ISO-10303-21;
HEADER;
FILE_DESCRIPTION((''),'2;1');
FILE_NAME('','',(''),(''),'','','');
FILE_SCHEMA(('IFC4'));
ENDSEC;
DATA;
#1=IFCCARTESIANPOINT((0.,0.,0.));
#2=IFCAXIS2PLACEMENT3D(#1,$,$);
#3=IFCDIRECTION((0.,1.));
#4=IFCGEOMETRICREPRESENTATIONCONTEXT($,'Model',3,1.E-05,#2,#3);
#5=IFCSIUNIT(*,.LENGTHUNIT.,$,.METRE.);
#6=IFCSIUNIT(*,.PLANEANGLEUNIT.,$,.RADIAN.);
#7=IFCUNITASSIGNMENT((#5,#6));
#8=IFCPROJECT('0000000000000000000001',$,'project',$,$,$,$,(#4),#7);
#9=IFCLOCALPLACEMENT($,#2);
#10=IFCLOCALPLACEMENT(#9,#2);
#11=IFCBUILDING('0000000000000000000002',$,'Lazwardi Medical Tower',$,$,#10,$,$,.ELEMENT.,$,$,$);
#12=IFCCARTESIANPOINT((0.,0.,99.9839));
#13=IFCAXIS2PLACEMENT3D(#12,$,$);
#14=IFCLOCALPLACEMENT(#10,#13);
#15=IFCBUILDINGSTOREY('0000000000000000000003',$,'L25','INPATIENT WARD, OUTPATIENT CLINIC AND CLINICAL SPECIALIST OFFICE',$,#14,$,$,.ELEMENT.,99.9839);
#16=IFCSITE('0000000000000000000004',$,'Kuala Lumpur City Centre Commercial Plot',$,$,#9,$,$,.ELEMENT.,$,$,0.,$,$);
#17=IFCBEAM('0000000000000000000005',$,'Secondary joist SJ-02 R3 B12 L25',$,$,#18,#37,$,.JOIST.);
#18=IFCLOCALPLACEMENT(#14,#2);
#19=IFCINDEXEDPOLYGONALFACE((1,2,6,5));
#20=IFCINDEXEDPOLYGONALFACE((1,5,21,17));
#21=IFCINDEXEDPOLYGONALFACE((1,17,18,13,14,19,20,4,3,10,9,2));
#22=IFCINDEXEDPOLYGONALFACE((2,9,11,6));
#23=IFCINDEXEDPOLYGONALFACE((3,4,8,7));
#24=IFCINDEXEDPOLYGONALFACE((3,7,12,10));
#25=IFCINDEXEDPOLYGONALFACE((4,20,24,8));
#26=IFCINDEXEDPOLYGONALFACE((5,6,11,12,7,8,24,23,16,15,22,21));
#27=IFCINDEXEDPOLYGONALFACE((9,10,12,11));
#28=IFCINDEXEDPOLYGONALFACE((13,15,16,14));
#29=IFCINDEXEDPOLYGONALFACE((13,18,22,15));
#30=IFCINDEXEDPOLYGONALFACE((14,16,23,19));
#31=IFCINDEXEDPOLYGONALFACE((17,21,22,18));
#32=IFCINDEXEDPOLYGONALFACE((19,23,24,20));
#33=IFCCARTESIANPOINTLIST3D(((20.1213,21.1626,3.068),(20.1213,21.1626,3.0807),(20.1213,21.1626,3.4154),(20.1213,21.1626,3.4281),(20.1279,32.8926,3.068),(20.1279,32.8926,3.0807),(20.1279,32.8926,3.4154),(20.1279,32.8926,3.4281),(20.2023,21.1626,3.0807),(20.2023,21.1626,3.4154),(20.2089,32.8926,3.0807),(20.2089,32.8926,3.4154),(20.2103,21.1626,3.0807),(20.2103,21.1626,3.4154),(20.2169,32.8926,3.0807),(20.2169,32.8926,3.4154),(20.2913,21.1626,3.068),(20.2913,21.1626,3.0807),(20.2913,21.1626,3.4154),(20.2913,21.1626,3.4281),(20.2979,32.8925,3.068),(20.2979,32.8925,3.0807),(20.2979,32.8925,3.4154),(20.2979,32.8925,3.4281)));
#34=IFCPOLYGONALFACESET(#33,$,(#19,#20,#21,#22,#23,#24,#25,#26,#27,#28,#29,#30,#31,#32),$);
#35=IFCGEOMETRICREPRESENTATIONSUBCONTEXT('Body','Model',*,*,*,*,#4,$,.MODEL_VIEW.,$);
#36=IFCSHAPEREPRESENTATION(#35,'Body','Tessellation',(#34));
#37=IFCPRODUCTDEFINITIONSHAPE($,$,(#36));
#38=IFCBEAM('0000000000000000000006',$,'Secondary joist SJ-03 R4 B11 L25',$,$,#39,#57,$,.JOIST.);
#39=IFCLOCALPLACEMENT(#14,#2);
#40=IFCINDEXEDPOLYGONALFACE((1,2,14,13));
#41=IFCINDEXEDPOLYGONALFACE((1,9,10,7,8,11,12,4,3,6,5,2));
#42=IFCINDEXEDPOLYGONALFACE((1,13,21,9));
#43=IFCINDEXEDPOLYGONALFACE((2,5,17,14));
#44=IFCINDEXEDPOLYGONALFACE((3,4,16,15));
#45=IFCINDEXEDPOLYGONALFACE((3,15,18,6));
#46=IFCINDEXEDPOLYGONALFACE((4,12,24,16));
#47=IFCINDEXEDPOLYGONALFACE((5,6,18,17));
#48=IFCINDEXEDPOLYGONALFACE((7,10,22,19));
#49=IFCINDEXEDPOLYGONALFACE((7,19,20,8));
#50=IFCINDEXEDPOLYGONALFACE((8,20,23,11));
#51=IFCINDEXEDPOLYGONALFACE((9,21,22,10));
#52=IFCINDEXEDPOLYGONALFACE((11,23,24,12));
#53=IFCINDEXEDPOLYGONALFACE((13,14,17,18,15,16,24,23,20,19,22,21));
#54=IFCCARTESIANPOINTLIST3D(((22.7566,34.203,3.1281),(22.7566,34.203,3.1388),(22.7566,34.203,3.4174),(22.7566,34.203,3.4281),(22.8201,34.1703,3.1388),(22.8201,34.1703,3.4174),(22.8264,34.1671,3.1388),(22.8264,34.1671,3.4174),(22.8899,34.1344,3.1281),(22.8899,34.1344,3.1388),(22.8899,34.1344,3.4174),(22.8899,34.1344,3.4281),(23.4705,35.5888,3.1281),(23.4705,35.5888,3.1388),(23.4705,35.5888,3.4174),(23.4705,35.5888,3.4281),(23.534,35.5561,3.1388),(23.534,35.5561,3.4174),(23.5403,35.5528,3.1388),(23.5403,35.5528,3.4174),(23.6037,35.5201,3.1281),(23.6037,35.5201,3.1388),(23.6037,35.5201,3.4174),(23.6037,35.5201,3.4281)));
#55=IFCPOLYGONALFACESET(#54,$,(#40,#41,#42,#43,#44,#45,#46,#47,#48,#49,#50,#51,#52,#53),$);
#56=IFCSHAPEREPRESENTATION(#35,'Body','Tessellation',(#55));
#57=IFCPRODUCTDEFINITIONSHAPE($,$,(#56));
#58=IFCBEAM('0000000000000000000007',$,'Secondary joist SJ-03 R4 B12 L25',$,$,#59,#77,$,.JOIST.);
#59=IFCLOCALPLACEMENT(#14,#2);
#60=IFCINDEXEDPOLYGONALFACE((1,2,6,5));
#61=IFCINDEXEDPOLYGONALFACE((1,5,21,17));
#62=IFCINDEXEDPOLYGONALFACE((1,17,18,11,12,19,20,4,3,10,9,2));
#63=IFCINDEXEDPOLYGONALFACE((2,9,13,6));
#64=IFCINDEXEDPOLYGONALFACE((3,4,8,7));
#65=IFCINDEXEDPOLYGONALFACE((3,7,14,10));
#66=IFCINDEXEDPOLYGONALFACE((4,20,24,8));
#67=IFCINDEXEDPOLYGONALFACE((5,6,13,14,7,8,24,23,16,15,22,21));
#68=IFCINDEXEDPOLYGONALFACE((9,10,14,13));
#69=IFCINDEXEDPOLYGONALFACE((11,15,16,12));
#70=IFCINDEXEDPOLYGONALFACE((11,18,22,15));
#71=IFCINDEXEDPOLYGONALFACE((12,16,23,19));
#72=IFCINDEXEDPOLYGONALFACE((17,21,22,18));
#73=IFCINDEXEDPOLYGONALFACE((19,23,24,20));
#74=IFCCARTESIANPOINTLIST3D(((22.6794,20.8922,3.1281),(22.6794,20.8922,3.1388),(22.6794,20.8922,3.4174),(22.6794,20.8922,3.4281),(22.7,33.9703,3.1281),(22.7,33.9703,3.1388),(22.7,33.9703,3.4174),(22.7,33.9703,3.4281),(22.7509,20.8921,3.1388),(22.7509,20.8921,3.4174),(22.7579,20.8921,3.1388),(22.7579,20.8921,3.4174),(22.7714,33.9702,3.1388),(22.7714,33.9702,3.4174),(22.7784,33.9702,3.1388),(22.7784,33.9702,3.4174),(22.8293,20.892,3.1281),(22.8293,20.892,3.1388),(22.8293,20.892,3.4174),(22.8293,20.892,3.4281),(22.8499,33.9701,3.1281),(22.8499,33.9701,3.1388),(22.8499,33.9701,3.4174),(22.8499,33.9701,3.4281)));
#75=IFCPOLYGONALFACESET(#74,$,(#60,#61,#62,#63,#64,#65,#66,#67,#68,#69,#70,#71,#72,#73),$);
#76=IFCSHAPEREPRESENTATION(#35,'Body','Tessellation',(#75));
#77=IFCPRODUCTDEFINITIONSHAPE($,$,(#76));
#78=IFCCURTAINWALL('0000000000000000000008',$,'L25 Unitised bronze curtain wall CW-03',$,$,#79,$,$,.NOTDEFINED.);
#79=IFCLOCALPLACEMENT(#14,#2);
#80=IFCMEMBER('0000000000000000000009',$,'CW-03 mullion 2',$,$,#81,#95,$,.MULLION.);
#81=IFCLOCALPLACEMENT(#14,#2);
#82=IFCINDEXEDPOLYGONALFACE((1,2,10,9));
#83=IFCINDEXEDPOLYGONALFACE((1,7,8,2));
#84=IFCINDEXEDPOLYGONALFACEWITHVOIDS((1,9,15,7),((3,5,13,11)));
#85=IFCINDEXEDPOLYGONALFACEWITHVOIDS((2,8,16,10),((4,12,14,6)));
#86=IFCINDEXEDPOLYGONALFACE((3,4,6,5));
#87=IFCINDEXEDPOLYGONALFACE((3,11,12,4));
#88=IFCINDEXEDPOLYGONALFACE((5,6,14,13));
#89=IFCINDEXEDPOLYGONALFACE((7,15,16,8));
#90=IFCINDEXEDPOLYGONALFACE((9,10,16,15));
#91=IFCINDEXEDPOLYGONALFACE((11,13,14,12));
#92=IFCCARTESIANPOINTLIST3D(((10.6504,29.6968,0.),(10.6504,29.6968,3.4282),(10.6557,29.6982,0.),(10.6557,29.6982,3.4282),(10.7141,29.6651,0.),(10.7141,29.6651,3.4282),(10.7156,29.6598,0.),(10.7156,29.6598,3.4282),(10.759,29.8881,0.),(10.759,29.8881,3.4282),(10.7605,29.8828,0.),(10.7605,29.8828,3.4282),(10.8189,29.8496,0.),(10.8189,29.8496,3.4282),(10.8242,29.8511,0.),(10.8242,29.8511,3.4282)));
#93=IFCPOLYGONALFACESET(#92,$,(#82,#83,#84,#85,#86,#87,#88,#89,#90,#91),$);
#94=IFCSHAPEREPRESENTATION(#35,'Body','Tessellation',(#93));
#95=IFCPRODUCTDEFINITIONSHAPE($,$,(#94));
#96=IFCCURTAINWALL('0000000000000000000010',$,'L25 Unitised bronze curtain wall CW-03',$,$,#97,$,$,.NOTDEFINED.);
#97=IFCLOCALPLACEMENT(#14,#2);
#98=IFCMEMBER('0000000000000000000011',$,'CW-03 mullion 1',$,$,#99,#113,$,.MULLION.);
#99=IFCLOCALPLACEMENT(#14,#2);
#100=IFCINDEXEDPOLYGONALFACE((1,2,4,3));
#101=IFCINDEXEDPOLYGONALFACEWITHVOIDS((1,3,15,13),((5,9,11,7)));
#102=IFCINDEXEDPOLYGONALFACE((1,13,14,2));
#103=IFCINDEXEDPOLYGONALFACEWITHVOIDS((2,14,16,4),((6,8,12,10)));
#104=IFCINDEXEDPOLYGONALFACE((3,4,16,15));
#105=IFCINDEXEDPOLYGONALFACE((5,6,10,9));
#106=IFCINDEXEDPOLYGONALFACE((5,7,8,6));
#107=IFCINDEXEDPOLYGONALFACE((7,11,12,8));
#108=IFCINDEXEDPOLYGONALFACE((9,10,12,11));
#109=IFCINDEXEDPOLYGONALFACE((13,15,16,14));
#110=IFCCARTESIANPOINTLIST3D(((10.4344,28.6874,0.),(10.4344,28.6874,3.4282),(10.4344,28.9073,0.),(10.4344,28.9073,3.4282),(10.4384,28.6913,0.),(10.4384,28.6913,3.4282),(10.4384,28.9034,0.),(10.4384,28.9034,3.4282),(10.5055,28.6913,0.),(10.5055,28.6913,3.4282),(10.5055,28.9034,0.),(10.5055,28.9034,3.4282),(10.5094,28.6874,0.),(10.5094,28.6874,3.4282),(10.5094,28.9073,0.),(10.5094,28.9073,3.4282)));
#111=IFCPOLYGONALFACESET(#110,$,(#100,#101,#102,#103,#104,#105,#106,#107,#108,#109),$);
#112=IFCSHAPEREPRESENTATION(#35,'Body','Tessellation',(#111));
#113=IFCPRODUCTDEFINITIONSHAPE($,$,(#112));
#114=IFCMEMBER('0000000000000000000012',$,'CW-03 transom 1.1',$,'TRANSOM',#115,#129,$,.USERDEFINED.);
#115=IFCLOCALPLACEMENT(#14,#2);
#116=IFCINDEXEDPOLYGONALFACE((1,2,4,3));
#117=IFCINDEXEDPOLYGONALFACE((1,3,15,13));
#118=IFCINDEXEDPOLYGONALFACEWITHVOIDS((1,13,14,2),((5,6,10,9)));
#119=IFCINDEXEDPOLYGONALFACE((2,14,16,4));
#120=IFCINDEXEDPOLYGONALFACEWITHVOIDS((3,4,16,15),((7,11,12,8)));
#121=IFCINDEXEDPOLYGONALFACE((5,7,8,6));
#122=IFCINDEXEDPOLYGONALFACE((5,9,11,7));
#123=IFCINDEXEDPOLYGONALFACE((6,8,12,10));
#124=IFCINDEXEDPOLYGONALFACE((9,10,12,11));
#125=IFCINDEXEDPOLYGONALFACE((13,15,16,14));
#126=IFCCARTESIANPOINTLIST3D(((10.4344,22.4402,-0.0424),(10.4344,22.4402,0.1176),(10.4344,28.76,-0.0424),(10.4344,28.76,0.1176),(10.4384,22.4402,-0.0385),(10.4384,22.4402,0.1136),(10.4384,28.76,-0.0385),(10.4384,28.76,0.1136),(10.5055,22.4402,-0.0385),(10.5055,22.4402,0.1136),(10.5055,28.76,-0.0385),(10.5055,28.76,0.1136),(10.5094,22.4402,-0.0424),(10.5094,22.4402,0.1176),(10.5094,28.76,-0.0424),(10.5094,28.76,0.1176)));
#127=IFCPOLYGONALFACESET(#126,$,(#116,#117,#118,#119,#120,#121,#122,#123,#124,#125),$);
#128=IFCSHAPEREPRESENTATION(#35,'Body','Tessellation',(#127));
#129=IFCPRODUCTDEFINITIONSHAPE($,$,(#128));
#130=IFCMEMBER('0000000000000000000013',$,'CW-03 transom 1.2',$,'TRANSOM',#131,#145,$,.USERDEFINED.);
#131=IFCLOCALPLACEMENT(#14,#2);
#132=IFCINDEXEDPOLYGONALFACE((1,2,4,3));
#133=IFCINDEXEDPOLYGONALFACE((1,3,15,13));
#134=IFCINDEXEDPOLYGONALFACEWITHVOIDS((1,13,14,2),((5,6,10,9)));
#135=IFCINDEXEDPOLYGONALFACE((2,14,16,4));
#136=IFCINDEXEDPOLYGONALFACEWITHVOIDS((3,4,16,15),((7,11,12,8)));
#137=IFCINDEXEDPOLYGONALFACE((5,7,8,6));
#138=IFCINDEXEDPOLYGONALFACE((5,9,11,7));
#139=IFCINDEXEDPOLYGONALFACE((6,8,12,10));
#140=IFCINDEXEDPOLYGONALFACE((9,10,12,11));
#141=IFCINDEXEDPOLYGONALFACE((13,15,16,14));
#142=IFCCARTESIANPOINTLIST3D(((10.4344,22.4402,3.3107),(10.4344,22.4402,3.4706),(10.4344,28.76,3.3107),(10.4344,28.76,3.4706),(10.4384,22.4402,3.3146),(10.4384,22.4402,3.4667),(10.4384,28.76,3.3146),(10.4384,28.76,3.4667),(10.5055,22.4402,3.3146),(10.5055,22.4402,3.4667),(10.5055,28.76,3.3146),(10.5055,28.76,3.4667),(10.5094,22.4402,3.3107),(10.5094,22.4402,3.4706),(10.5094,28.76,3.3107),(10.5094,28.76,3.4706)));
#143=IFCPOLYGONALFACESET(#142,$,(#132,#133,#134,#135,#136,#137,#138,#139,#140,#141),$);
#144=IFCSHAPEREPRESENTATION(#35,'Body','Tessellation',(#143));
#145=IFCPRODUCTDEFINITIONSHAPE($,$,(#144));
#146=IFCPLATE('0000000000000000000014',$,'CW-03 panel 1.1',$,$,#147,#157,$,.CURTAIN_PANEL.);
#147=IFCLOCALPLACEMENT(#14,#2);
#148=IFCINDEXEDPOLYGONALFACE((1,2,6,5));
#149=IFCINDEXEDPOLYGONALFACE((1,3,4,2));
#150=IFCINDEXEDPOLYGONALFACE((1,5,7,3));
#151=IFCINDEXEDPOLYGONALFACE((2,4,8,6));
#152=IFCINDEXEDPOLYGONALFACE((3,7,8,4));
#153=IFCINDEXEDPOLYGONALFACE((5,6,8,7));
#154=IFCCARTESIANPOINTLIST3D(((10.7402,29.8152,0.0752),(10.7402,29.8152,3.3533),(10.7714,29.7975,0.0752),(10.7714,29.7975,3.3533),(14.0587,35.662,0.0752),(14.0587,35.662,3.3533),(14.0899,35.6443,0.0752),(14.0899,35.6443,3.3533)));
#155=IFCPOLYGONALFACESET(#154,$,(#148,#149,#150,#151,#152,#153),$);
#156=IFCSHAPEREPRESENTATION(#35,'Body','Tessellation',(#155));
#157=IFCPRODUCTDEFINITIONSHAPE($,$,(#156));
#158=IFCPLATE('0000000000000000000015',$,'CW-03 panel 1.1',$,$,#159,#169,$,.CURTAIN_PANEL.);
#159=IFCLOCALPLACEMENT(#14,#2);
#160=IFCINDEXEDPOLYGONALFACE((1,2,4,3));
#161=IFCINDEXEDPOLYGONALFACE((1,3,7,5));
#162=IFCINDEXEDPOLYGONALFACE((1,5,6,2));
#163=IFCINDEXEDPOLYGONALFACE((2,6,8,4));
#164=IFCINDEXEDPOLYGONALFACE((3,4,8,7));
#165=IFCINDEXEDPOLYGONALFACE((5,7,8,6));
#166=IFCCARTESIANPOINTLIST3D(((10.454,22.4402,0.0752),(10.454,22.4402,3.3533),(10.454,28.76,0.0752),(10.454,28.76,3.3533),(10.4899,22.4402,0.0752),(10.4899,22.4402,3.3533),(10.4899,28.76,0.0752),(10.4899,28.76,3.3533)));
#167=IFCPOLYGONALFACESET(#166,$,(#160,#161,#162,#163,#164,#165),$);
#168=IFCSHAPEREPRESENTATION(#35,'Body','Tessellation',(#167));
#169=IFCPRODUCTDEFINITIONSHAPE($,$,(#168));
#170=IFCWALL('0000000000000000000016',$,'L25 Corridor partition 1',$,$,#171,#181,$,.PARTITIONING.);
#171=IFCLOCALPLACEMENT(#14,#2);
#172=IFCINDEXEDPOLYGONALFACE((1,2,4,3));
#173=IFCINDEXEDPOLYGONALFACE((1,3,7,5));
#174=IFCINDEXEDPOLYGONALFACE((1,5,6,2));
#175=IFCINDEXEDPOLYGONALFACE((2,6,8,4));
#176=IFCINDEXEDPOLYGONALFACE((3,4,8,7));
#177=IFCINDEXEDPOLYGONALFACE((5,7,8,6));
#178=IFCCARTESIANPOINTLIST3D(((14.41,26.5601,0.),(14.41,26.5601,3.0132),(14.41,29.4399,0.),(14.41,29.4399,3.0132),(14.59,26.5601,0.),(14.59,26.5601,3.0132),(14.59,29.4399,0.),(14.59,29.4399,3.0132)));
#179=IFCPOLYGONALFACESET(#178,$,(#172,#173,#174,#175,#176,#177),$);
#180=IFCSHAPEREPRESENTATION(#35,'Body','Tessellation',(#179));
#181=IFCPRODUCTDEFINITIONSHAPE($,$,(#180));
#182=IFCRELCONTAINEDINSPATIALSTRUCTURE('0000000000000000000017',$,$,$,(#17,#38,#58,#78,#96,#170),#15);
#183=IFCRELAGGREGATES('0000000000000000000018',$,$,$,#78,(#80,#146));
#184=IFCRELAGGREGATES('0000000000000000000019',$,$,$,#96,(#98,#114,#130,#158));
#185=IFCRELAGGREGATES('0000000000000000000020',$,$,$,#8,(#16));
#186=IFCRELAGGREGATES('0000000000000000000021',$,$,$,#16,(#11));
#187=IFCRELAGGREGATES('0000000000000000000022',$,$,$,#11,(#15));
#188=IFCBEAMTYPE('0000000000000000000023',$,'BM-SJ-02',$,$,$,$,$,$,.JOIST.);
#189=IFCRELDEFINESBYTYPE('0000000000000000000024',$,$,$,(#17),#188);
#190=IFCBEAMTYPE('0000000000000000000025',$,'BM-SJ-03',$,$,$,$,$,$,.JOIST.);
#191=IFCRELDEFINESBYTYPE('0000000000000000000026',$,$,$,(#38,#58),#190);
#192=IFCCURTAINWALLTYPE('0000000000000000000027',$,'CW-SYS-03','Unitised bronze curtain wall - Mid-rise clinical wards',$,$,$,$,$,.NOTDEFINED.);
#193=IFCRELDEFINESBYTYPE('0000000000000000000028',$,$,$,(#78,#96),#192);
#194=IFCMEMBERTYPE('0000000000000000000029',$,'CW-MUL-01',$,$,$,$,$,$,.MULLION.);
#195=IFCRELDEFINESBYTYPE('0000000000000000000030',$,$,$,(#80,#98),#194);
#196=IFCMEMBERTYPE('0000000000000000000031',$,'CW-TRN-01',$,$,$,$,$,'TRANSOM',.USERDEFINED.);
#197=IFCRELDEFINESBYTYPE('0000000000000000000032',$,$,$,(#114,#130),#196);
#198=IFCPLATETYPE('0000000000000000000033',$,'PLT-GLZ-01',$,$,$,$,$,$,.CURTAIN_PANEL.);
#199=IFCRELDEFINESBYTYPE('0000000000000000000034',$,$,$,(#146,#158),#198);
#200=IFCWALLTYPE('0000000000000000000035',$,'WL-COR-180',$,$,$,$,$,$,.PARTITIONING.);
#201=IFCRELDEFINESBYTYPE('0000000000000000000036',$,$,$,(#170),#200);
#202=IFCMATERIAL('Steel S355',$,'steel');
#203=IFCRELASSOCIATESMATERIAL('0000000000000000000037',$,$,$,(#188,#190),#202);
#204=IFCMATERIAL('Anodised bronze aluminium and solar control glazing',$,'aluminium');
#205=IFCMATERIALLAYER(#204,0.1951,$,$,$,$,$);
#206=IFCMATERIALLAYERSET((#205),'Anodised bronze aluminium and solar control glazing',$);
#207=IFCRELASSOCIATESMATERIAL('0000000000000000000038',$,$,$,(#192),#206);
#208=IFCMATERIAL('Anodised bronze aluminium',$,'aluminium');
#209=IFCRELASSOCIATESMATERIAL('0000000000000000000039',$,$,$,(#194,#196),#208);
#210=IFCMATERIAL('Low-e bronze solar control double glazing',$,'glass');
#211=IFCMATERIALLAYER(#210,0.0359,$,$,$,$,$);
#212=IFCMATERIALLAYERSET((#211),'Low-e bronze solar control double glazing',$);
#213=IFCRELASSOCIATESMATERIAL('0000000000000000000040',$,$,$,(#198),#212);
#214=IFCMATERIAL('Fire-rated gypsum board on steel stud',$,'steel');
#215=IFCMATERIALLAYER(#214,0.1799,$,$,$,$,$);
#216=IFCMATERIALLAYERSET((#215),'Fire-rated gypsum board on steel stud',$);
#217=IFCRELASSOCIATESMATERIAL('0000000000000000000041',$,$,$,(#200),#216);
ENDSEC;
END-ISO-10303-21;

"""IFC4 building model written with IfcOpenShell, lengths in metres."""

from ifc_helpers import new_model, si_unit, direction, frame, frame_2d, origin, origin_2d, place, context, subcontext, project, spatial, rectangle, hollow_rectangle, i_section, extrude, material, layer, layer_set, material_profile, profile_set, type_object, element, aggregate, save


model = new_model("IFC4")

# Units and contexts
model_context = context("Model", 3, precision=1e-05, world=origin(), true_north=direction((0.0, 1.0)))
body_context = subcontext(model_context, "Body", "Model", "MODEL_VIEW")
ifc_project = project(units=[si_unit("LENGTHUNIT", "METRE"), si_unit("PLANEANGLEUNIT", "RADIAN")], contexts=[model_context])

# Site, building, storey
site_placement = place(None, origin())
site = spatial("IfcSite", under=ifc_project, at=site_placement, Name="Kuala Lumpur City Centre Commercial Plot", CompositionType="ELEMENT", RefElevation=0.0)
building_placement = place(site_placement, origin())
building = spatial("IfcBuilding", under=site, at=building_placement, Name="Lazwardi Medical Tower", CompositionType="ELEMENT")
storey_placement = place(building_placement, frame((0.0, 0.0, 99.9839)))
storey = spatial("IfcBuildingStorey", under=building, at=storey_placement, Name="L25", Description="INPATIENT WARD, OUTPATIENT CLINIC AND CLINICAL SPECIALIST OFFICE", CompositionType="ELEMENT", Elevation=99.9839)

# Beams
ifc_material_1 = material(Name="Steel S355", Category="steel")
ifc_material_profile_1 = material_profile(ifc_material_1, i_section(OverallWidth=0.1699, OverallDepth=0.3601, WebThickness=0.0081, FlangeThickness=0.0127, at=origin_2d()), Name="IPE 360")
ifc_profile_set_1 = profile_set([ifc_material_profile_1], Name="Steel S355")
beam_type_1 = type_object("IfcBeamType", Name="BM-SJ-02", PredefinedType="JOIST", material=ifc_profile_set_1)
beam_1_placement = place(storey_placement, frame((20.2129, 32.8926, 3.248), z_axis=(-0.000562, -1.0, 0.0), x_axis=(1.0, -0.000562, 0.0)))
element("IfcBeam", 1, at=beam_1_placement, inside=storey, type_object=beam_type_1, Name="Secondary joist SJ-02 R3 B12 L25", PredefinedType="JOIST", context=body_context, shape_type="SweptSolid", body=[
    extrude(i_section(OverallWidth=0.1699, OverallDepth=0.3601, WebThickness=0.0081, FlangeThickness=0.0127, at=origin_2d()), origin(), (0.0, 0.0, 1.0), 11.73),
])
ifc_material_profile_2 = material_profile(ifc_material_1, i_section(OverallWidth=0.1499, OverallDepth=0.3, WebThickness=0.0071, FlangeThickness=0.0107, at=origin_2d()), Name="IPE 300")
ifc_profile_set_2 = profile_set([ifc_material_profile_2], Name="Steel S355")
beam_type_2 = type_object("IfcBeamType", Name="BM-SJ-03", PredefinedType="JOIST", material=ifc_profile_set_2)
beam_2_placement = place(storey_placement, frame((23.5371, 35.5544, 3.2781), z_axis=(-0.457957, -0.888975, 0.0), x_axis=(0.888975, -0.457957, 0.0)))
element("IfcBeam", 2, at=beam_2_placement, inside=storey, type_object=beam_type_2, Name="Secondary joist SJ-03 R4 B11 L25", PredefinedType="JOIST", context=body_context, shape_type="SweptSolid", body=[
    extrude(i_section(OverallWidth=0.1499, OverallDepth=0.3, WebThickness=0.0071, FlangeThickness=0.0107, at=origin_2d()), origin(), (0.0, 0.0, 1.0), 1.5588),
])
beam_3_placement = place(storey_placement, frame((22.7749, 33.9702, 3.2781), z_axis=(-0.001568, -0.999999, 0.0), x_axis=(0.999999, -0.001568, 0.0)))
element("IfcBeam", 3, at=beam_3_placement, inside=storey, type_object=beam_type_2, Name="Secondary joist SJ-03 R4 B12 L25", PredefinedType="JOIST", context=body_context, shape_type="SweptSolid", body=[
    extrude(i_section(OverallWidth=0.1499, OverallDepth=0.3, WebThickness=0.0071, FlangeThickness=0.0107, at=origin_2d()), origin(), (0.0, 0.0, 1.0), 13.0781),
])

# Curtain wall, member
ifc_material_2 = material(Name="Anodised bronze aluminium and solar control glazing", Category="aluminium")
ifc_layer_1 = layer(ifc_material_2, 0.1951)
ifc_layer_set_1 = layer_set([ifc_layer_1], Name="Anodised bronze aluminium and solar control glazing")
curtain_wall_type = type_object("IfcCurtainWallType", Name="CW-SYS-03", Description="Unitised bronze curtain wall - Mid-rise clinical wards", PredefinedType="NOTDEFINED", material=ifc_layer_set_1)
curtain_wall_1_placement = place(storey_placement, origin())
curtain_wall_1 = element("IfcCurtainWall", 4, at=curtain_wall_1_placement, inside=storey, type_object=curtain_wall_type, Name="L25 Unitised bronze curtain wall CW-03", PredefinedType="NOTDEFINED")
ifc_material_3 = material(Name="Anodised bronze aluminium", Category="aluminium")
ifc_material_profile_3 = material_profile(ifc_material_3, hollow_rectangle(XDim=0.075, YDim=0.22, WallThickness=0.0039, at=origin_2d()), Name="ALU-MULLION 220x75x4")
ifc_profile_set_3 = profile_set([ifc_material_profile_3], Name="Anodised bronze aluminium")
member_type_1 = type_object("IfcMemberType", Name="CW-MUL-01", PredefinedType="MULLION", material=ifc_profile_set_3)
member_1_placement = place(storey_placement, frame((10.7373, 29.7739, 0.0), z_axis=(0.0, 0.0, 1.0), x_axis=(0.869687, -0.493603, 0.0)))
member_1 = element("IfcMember", 5, at=member_1_placement, type_object=member_type_1, Name="CW-03 mullion 2", PredefinedType="MULLION", context=body_context, shape_type="SweptSolid", body=[
    extrude(hollow_rectangle(XDim=0.075, YDim=0.22, WallThickness=0.0039, at=origin_2d()), origin(), (0.0, 0.0, 1.0), 3.4282),
])

# Curtain wall, members
curtain_wall_2_placement = place(storey_placement, origin())
curtain_wall_2 = element("IfcCurtainWall", 6, at=curtain_wall_2_placement, inside=storey, type_object=curtain_wall_type, Name="L25 Unitised bronze curtain wall CW-03", PredefinedType="NOTDEFINED")
member_2_placement = place(storey_placement, frame((10.4719, 28.7974, 0.0), z_axis=(0.0, 0.0, 1.0), x_axis=(1.0, 0.0, 0.0)))
member_2 = element("IfcMember", 7, at=member_2_placement, type_object=member_type_1, Name="CW-03 mullion 1", PredefinedType="MULLION", context=body_context, shape_type="SweptSolid", body=[
    extrude(hollow_rectangle(XDim=0.075, YDim=0.22, WallThickness=0.0039, at=origin_2d()), origin(), (0.0, 0.0, 1.0), 3.4282),
])
ifc_material_profile_4 = material_profile(ifc_material_3, hollow_rectangle(XDim=0.075, YDim=0.1599, WallThickness=0.0039, at=origin_2d()), Name="ALU-TRANSOM 160x75x4")
ifc_profile_set_4 = profile_set([ifc_material_profile_4], Name="Anodised bronze aluminium")
member_type_2 = type_object("IfcMemberType", Name="CW-TRN-01", ElementType="TRANSOM", PredefinedType="USERDEFINED", material=ifc_profile_set_4)
member_3_placement = place(storey_placement, frame((10.4719, 28.76, 0.0376), z_axis=(0.0, -1.0, 0.0), x_axis=(1.0, 0.0, 0.0)))
member_3 = element("IfcMember", 8, at=member_3_placement, type_object=member_type_2, Name="CW-03 transom 1.1", ObjectType="TRANSOM", PredefinedType="USERDEFINED", context=body_context, shape_type="SweptSolid", body=[
    extrude(hollow_rectangle(XDim=0.075, YDim=0.1599, WallThickness=0.0039, at=origin_2d()), origin(), (0.0, 0.0, 1.0), 6.3198),
])
member_4_placement = place(storey_placement, frame((10.4719, 28.76, 3.3906), z_axis=(0.0, -1.0, 0.0), x_axis=(1.0, 0.0, 0.0)))
member_4 = element("IfcMember", 9, at=member_4_placement, type_object=member_type_2, Name="CW-03 transom 1.2", ObjectType="TRANSOM", PredefinedType="USERDEFINED", context=body_context, shape_type="SweptSolid", body=[
    extrude(hollow_rectangle(XDim=0.075, YDim=0.1599, WallThickness=0.0039, at=origin_2d()), origin(), (0.0, 0.0, 1.0), 6.3198),
])

# Plates
ifc_material_4 = material(Name="Low-e bronze solar control double glazing", Category="glass")
ifc_layer_2 = layer(ifc_material_4, 0.0359)
ifc_layer_set_2 = layer_set([ifc_layer_2], Name="Low-e bronze solar control double glazing")
plate_type = type_object("IfcPlateType", Name="PLT-GLZ-01", PredefinedType="CURTAIN_PANEL", material=ifc_layer_set_2)
plate_1_placement = place(storey_placement, frame((12.415, 32.7297, 0.0752), z_axis=(0.0, 0.0, 1.0), x_axis=(-0.493603, -0.869687, 0.0)))
plate_1 = element("IfcPlate", 10, at=plate_1_placement, type_object=plate_type, Name="CW-03 panel 1.1", PredefinedType="CURTAIN_PANEL", context=body_context, shape_type="SweptSolid", body=[
    extrude(rectangle(XDim=6.7229, YDim=0.0359, at=origin_2d()), origin(), (0.0, 0.0, 1.0), 3.2781),
])
aggregate(curtain_wall_1, [member_1, plate_1])
plate_2_placement = place(storey_placement, frame((10.4719, 25.6001, 0.0752), z_axis=(0.0, 0.0, 1.0), x_axis=(0.0, -1.0, 0.0)))
plate_2 = element("IfcPlate", 11, at=plate_2_placement, type_object=plate_type, Name="CW-03 panel 1.1", PredefinedType="CURTAIN_PANEL", context=body_context, shape_type="SweptSolid", body=[
    extrude(rectangle(XDim=6.3198, YDim=0.0359, at=origin_2d()), origin(), (0.0, 0.0, 1.0), 3.2781),
])
aggregate(curtain_wall_2, [member_2, member_3, member_4, plate_2])

# Wall
ifc_material_5 = material(Name="Fire-rated gypsum board on steel stud", Category="steel")
ifc_layer_3 = layer(ifc_material_5, 0.1799)
ifc_layer_set_3 = layer_set([ifc_layer_3], Name="Fire-rated gypsum board on steel stud")
wall_type_1 = type_object("IfcWallType", Name="WL-COR-180", PredefinedType="PARTITIONING", material=ifc_layer_set_3)
wall_1_placement = place(storey_placement, frame((14.5, 26.5601, 0.0), z_axis=(0.0, 0.0, 1.0), x_axis=(0.0, 1.0, 0.0)))
element("IfcWall", 12, at=wall_1_placement, inside=storey, type_object=wall_type_1, Name="L25 Corridor partition 1", PredefinedType="PARTITIONING", context=body_context, shape_type="SweptSolid", body=[
    extrude(rectangle(XDim=2.8799, YDim=0.1799, at=frame_2d((1.4399, 0.0))), origin(), (0.0, 0.0, 1.0), 3.0132),
])

save(model, "model.ifc")
